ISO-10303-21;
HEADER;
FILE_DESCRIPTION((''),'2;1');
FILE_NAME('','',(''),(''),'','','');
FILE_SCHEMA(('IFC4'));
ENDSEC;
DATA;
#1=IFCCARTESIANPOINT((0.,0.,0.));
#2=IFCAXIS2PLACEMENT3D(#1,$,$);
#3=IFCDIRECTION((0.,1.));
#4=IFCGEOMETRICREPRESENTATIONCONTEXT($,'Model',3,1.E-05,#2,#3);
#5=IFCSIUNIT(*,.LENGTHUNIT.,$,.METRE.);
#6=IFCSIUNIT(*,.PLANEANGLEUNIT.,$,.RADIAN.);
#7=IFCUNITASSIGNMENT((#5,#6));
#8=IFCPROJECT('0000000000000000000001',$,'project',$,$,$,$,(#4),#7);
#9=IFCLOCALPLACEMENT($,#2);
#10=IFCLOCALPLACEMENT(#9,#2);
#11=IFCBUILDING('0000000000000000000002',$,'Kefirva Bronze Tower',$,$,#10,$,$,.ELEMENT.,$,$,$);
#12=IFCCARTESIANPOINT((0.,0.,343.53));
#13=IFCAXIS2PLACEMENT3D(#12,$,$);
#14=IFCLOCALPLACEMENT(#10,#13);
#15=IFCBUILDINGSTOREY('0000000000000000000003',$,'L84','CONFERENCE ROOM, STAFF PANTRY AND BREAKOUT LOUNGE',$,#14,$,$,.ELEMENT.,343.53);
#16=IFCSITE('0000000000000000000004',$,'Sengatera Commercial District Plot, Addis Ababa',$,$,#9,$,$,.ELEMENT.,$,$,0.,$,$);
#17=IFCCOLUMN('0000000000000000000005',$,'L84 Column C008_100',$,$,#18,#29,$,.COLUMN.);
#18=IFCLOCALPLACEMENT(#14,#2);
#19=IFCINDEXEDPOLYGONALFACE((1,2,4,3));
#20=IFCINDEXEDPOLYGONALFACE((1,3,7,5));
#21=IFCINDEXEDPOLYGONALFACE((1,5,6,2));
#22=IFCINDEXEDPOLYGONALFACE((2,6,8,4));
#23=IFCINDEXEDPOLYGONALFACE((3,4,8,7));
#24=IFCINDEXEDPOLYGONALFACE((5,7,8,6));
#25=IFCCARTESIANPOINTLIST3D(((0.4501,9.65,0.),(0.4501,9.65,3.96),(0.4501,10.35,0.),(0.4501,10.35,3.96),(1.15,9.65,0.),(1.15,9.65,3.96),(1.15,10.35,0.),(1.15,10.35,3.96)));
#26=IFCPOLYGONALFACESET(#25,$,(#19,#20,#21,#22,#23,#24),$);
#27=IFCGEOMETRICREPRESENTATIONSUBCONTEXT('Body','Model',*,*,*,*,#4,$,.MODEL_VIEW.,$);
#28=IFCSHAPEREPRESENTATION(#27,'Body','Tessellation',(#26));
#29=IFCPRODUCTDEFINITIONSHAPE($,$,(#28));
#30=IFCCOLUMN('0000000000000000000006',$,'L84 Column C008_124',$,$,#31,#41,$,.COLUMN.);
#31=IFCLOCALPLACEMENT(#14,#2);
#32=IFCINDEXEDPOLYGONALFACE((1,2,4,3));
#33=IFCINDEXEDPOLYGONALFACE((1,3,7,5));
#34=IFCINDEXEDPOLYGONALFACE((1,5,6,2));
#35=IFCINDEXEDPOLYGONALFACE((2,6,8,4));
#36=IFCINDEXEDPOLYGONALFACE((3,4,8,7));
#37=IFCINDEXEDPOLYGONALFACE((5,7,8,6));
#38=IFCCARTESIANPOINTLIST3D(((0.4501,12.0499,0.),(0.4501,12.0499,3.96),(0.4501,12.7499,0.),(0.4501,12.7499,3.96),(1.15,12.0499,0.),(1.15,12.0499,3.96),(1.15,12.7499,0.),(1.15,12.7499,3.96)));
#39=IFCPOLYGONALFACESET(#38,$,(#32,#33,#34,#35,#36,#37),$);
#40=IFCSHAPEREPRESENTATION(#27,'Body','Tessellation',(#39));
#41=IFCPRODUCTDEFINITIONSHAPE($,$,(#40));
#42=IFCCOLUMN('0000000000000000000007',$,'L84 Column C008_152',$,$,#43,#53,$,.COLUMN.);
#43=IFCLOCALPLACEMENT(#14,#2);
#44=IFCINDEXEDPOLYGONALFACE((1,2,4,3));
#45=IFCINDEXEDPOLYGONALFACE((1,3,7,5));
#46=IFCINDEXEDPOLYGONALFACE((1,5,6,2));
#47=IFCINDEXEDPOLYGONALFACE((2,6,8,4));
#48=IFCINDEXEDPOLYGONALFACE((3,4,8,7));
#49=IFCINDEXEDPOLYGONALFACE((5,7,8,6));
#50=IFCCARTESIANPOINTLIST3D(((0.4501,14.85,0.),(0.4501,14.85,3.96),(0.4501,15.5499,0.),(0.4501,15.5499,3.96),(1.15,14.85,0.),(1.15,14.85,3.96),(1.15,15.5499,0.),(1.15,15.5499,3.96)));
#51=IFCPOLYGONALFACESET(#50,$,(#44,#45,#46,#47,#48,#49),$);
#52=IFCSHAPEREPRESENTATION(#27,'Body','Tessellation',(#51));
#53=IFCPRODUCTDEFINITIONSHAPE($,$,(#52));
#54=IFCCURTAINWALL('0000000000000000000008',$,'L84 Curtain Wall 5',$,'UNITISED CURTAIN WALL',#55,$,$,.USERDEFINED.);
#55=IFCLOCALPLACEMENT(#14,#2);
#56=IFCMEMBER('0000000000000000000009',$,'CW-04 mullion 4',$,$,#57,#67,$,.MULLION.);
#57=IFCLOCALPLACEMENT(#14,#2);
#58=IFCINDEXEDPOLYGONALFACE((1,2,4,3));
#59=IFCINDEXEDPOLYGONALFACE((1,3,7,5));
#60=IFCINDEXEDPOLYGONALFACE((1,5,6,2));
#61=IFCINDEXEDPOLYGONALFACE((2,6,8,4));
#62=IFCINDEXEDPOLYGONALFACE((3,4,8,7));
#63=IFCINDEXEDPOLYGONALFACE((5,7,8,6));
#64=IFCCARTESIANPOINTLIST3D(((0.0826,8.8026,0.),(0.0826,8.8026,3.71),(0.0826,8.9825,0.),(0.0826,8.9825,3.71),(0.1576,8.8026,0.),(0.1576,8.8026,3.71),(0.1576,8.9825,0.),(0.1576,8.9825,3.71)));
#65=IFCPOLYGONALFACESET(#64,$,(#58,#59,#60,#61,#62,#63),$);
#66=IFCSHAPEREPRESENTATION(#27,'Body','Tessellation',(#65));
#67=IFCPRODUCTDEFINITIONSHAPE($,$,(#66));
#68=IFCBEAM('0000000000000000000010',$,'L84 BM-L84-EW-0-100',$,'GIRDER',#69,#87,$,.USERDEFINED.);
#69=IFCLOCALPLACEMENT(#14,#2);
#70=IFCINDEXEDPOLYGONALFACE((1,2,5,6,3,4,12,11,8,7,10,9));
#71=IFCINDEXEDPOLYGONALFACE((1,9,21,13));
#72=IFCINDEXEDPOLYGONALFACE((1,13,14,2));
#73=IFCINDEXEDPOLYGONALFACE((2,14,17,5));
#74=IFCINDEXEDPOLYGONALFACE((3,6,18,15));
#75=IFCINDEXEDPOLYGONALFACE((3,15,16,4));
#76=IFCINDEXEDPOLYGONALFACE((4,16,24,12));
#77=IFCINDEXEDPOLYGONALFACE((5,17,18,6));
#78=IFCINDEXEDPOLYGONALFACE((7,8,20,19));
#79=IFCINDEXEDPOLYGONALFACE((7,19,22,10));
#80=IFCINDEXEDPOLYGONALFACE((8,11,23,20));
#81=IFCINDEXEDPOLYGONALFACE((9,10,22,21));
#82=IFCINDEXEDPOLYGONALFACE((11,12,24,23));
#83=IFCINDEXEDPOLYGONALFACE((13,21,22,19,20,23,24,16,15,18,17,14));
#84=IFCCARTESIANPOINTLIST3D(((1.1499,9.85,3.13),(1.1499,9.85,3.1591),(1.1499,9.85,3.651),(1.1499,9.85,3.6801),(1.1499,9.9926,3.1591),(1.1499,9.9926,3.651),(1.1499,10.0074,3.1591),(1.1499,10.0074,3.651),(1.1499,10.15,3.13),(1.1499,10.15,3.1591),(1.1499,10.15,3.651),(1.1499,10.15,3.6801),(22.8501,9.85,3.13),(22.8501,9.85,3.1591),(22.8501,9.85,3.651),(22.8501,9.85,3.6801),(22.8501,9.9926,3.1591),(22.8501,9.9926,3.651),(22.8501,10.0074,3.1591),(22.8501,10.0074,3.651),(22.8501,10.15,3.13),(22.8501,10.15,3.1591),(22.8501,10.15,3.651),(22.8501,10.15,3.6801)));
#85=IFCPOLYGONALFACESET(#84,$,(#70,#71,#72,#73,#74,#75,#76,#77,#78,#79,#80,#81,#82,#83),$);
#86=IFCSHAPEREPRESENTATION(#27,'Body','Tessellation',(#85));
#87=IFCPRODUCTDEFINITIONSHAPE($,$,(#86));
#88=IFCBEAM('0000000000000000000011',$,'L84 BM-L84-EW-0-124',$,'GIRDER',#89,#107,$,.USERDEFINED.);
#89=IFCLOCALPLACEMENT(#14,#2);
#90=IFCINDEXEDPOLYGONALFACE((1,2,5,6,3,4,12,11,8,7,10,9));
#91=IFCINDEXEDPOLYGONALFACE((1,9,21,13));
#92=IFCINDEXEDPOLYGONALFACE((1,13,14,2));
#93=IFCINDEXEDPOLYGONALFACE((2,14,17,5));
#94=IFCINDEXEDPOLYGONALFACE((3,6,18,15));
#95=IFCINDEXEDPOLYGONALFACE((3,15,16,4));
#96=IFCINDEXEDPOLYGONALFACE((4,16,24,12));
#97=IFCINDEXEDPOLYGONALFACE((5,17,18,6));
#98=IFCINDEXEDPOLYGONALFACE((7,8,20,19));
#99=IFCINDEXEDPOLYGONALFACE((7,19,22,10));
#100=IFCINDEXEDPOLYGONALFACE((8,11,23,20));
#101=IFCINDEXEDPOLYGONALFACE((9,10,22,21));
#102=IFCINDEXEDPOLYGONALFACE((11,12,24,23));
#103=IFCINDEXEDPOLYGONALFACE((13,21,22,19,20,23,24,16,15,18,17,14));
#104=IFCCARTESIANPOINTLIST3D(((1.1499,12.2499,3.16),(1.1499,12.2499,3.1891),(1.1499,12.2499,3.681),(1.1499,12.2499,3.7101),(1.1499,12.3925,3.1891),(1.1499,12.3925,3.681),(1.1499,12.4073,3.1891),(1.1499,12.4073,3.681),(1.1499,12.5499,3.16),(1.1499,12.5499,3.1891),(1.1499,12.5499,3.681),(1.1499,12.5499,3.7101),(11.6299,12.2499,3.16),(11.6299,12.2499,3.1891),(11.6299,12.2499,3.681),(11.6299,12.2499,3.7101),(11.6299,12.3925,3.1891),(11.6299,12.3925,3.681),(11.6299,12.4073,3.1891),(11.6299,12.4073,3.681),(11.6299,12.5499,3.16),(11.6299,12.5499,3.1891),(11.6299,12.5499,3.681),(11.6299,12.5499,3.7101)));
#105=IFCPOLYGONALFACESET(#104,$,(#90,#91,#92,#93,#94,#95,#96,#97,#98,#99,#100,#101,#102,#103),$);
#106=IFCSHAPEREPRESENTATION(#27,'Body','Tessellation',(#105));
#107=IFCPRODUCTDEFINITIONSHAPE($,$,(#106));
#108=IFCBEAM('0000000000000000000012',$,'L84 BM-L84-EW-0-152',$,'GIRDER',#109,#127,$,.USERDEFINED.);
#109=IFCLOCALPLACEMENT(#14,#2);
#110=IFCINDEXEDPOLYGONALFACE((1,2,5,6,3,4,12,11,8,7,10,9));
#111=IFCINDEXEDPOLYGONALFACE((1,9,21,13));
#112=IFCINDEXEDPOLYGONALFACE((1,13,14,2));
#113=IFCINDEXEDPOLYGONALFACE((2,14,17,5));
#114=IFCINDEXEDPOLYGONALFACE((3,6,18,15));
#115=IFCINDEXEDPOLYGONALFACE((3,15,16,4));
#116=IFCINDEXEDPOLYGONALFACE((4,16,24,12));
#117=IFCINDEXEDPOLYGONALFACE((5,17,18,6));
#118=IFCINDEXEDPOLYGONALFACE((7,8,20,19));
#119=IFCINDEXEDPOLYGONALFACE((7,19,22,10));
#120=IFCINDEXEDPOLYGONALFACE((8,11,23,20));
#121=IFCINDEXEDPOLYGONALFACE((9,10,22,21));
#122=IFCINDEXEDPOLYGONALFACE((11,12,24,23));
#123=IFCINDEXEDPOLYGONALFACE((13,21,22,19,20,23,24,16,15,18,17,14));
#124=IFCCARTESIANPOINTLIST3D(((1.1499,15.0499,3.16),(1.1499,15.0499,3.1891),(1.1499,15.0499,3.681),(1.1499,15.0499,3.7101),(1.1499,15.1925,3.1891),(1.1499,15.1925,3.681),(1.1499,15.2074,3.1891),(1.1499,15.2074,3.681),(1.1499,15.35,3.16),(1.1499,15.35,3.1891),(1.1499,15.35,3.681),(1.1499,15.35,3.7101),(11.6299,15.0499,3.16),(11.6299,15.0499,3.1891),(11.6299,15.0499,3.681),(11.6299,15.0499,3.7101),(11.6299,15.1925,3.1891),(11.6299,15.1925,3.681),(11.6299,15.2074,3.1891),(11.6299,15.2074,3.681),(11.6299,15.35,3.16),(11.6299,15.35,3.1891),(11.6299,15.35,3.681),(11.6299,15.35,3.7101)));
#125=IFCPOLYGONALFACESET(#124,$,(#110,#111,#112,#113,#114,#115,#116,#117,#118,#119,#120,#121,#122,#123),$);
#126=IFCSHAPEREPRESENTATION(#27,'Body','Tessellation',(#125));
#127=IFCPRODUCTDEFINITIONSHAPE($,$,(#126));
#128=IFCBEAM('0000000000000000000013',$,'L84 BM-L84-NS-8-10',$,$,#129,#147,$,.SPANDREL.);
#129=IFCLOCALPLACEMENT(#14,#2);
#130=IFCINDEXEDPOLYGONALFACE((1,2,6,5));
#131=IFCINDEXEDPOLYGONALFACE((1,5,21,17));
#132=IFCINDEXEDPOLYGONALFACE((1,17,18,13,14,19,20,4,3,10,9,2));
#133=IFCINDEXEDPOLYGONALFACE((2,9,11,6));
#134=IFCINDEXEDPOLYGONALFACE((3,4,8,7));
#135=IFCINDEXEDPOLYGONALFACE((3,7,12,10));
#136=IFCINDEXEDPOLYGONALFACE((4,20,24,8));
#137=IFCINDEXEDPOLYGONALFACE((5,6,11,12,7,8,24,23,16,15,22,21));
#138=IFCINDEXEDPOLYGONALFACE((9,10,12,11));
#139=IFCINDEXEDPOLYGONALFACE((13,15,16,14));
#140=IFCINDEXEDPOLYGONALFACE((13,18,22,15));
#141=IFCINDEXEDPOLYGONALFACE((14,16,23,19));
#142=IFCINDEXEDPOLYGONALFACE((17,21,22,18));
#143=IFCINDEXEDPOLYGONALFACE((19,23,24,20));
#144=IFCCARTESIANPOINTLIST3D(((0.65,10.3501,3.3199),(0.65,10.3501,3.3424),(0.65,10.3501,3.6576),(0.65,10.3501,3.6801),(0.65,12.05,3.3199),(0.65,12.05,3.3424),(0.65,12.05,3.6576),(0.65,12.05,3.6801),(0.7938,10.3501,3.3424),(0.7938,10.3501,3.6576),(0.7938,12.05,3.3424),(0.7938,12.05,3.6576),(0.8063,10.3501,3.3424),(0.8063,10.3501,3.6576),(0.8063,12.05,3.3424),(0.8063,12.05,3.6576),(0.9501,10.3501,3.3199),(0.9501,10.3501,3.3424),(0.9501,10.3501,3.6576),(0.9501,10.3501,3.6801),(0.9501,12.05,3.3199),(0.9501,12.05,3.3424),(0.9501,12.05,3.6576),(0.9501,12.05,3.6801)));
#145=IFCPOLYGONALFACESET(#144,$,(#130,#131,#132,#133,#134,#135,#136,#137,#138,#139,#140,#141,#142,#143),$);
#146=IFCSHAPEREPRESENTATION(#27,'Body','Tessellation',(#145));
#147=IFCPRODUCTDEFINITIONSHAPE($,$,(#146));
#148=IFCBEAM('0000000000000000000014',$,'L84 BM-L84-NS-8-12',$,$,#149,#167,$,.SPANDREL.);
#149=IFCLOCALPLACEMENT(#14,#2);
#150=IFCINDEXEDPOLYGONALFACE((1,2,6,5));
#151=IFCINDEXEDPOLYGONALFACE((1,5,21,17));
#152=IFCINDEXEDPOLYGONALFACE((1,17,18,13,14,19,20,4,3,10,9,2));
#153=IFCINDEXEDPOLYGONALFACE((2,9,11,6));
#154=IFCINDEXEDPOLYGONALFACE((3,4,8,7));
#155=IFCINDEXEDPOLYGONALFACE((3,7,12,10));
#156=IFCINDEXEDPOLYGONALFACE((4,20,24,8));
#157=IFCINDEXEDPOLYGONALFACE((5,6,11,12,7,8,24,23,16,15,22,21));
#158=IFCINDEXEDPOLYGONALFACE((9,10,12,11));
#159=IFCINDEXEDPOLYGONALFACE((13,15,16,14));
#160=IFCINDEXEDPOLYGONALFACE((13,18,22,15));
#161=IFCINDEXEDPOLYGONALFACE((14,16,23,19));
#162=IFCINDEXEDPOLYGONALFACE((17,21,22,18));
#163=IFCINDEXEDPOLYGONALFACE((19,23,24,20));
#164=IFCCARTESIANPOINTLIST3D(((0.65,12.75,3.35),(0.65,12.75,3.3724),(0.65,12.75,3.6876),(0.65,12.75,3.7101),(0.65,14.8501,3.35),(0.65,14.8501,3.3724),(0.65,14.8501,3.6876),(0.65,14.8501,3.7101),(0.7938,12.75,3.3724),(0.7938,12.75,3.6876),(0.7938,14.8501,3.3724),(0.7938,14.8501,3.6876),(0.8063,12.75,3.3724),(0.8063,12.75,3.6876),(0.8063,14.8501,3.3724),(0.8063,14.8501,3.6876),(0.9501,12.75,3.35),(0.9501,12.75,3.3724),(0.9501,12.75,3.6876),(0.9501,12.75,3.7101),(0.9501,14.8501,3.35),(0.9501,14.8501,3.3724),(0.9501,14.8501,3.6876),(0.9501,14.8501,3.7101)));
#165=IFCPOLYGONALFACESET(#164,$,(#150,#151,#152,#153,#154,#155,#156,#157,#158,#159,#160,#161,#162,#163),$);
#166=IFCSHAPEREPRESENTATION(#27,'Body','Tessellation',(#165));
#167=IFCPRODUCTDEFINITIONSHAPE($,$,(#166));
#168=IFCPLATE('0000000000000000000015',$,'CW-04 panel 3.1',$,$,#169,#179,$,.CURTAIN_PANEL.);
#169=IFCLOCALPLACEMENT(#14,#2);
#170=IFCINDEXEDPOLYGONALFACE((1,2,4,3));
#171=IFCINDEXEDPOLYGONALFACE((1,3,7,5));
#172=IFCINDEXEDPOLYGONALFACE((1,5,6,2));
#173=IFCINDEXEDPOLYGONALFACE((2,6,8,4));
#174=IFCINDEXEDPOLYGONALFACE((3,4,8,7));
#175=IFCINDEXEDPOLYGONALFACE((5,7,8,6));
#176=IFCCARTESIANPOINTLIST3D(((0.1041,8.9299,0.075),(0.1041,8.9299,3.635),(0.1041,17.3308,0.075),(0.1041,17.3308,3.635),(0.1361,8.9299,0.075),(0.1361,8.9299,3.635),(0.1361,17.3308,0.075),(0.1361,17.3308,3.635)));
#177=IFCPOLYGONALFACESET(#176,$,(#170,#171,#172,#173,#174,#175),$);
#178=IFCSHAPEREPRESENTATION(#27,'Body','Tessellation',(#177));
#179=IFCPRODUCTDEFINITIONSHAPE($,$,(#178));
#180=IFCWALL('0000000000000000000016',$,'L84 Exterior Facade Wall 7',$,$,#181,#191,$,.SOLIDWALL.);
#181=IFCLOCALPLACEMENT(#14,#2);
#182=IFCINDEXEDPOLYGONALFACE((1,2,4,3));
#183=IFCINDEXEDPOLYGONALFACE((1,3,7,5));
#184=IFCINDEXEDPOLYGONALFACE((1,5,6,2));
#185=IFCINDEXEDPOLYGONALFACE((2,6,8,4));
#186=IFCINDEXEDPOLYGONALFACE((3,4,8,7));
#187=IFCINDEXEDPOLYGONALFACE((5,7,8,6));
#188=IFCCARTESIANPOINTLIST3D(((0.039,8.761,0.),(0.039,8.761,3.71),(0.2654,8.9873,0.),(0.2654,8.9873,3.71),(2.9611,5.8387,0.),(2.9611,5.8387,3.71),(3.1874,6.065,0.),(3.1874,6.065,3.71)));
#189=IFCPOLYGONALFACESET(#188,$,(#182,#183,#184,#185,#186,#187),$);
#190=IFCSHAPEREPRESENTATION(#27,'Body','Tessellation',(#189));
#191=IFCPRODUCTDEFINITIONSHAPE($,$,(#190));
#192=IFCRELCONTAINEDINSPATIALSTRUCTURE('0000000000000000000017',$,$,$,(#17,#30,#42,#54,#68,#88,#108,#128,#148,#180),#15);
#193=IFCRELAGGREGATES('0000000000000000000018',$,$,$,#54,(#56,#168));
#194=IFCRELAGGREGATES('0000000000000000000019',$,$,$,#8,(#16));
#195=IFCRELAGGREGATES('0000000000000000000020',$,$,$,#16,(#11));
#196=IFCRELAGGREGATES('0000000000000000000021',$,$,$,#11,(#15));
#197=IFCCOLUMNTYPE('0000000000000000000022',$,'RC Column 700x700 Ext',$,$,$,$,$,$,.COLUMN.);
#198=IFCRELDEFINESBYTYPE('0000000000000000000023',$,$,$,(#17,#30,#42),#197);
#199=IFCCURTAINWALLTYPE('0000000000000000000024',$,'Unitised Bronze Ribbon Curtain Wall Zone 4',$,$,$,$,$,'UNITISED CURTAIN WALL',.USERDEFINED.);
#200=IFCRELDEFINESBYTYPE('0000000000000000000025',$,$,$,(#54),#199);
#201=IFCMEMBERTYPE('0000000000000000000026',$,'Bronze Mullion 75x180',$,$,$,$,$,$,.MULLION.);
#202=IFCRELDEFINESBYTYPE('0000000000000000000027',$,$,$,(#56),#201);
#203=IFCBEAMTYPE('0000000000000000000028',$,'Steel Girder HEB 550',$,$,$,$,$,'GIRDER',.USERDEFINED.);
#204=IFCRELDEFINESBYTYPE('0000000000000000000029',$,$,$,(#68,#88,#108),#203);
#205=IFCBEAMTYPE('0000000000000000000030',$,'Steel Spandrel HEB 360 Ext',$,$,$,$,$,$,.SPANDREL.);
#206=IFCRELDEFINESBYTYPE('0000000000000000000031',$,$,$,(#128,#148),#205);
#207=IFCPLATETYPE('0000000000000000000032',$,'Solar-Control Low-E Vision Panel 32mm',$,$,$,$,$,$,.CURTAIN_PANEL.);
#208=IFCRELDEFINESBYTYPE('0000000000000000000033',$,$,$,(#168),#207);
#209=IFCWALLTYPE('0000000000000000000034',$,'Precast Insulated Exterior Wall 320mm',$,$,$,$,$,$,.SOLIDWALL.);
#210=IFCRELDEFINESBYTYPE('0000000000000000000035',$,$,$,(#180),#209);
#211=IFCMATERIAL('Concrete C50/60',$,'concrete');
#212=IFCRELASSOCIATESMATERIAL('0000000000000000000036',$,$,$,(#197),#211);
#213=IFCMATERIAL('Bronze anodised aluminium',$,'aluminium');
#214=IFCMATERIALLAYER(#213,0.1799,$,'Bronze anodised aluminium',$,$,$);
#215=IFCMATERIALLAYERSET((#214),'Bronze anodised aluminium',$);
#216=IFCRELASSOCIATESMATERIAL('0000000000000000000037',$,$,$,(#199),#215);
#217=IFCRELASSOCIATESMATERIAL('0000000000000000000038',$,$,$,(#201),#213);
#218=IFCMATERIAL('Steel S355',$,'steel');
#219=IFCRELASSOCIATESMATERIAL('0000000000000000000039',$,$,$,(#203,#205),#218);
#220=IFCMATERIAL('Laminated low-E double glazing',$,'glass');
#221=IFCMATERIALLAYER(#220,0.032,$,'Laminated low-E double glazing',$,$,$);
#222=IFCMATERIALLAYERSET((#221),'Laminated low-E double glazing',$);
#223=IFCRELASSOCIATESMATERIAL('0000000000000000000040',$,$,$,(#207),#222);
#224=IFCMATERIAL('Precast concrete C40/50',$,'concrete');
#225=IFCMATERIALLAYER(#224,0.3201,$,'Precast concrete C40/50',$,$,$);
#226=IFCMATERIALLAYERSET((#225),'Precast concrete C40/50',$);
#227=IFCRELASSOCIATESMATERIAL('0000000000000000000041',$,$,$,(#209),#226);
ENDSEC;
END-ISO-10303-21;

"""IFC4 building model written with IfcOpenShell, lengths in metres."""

from ifc_helpers import new_model, si_unit, direction, frame, frame_2d, origin, origin_2d, place, context, subcontext, project, spatial, rectangle, i_section, extrude, material, layer, layer_set, material_profile, profile_set, type_object, element, aggregate, save


model = new_model("IFC4")

# Units and contexts
model_context = context("Model", 3, precision=1e-05, world=origin(), true_north=direction((0.0, 1.0)))
body_context = subcontext(model_context, "Body", "Model", "MODEL_VIEW")
ifc_project = project(units=[si_unit("LENGTHUNIT", "METRE"), si_unit("PLANEANGLEUNIT", "RADIAN")], contexts=[model_context])

# Site, building, storey
site_placement = place(None, origin())
site = spatial("IfcSite", under=ifc_project, at=site_placement, Name="Sengatera Commercial District Plot, Addis Ababa", CompositionType="ELEMENT", RefElevation=0.0)
building_placement = place(site_placement, origin())
building = spatial("IfcBuilding", under=site, at=building_placement, Name="Kefirva Bronze Tower", CompositionType="ELEMENT")
storey_placement = place(building_placement, frame((0.0, 0.0, 343.53)))
storey = spatial("IfcBuildingStorey", under=building, at=storey_placement, Name="L84", Description="CONFERENCE ROOM, STAFF PANTRY AND BREAKOUT LOUNGE", CompositionType="ELEMENT", Elevation=343.53)

# Columns
ifc_material_1 = material(Name="Concrete C50/60", Category="concrete")
ifc_material_profile_1 = material_profile(ifc_material_1, rectangle(XDim=0.7, YDim=0.7, at=origin_2d()), Name="RC 700x700")
ifc_profile_set_1 = profile_set([ifc_material_profile_1], Name="Concrete C50/60")
column_type = type_object("IfcColumnType", Name="RC Column 700x700 Ext", PredefinedType="COLUMN", material=ifc_profile_set_1)
for number, where, z_axis, x_axis, name in (
    (1, (0.8, 10.0, 0.0), (0.0, 0.0, 1.0), (1.0, 0.0, 0.0), "L84 Column C008_100"),
    (2, (0.8, 12.3999, 0.0), (0.0, 0.0, 1.0), (1.0, 0.0, 0.0), "L84 Column C008_124"),
    (3, (0.8, 15.2, 0.0), (0.0, 0.0, 1.0), (1.0, 0.0, 0.0), "L84 Column C008_152"),
):
    element("IfcColumn", number, at=place(storey_placement, frame(where, z_axis=z_axis, x_axis=x_axis)), inside=storey, type_object=column_type, Name=name, PredefinedType="COLUMN", context=body_context, shape_type="SweptSolid", body=[
        extrude(rectangle(XDim=0.7, YDim=0.7, at=origin_2d()), origin(), (0.0, 0.0, 1.0), 3.96),
    ])

# Curtain wall, member
ifc_material_2 = material(Name="Bronze anodised aluminium", Category="aluminium")
ifc_layer_1 = layer(ifc_material_2, 0.1799, Name="Bronze anodised aluminium")
ifc_layer_set_1 = layer_set([ifc_layer_1], Name="Bronze anodised aluminium")
curtain_wall_type = type_object("IfcCurtainWallType", Name="Unitised Bronze Ribbon Curtain Wall Zone 4", ElementType="UNITISED CURTAIN WALL", PredefinedType="USERDEFINED", material=ifc_layer_set_1)
curtain_wall_placement = place(storey_placement, origin())
curtain_wall = element("IfcCurtainWall", 4, at=curtain_wall_placement, inside=storey, type_object=curtain_wall_type, Name="L84 Curtain Wall 5", ObjectType="UNITISED CURTAIN WALL", PredefinedType="USERDEFINED")
ifc_material_profile_2 = material_profile(ifc_material_2, rectangle(XDim=0.075, YDim=0.1799, at=origin_2d()), Name="ALU 75x180")
ifc_profile_set_2 = profile_set([ifc_material_profile_2], Name="Bronze anodised aluminium")
member_type = type_object("IfcMemberType", Name="Bronze Mullion 75x180", PredefinedType="MULLION", material=ifc_profile_set_2)
member_placement = place(storey_placement, frame((0.1201, 8.8926, 0.0), z_axis=(0.0, 0.0, 1.0), x_axis=(1.0, 0.0, 0.0)))
member = element("IfcMember", 5, at=member_placement, type_object=member_type, Name="CW-04 mullion 4", PredefinedType="MULLION", context=body_context, shape_type="SweptSolid", body=[
    extrude(rectangle(XDim=0.075, YDim=0.1799, at=origin_2d()), origin(), (0.0, 0.0, 1.0), 3.71),
])

# Beams
ifc_material_3 = material(Name="Steel S355", Category="steel")
ifc_material_profile_3 = material_profile(ifc_material_3, i_section(OverallWidth=0.3, OverallDepth=0.55, WebThickness=0.0149, FlangeThickness=0.0291, at=origin_2d()), Name="HEB 550")
ifc_profile_set_3 = profile_set([ifc_material_profile_3], Name="Steel S355")
beam_type_1 = type_object("IfcBeamType", Name="Steel Girder HEB 550", ElementType="GIRDER", PredefinedType="USERDEFINED", material=ifc_profile_set_3)
beam_1_placement = place(storey_placement, frame((1.1499, 10.0, 3.405), z_axis=(1.0, 0.0, 0.0), x_axis=(0.0, 1.0, 0.0)))
element("IfcBeam", 6, at=beam_1_placement, inside=storey, type_object=beam_type_1, Name="L84 BM-L84-EW-0-100", ObjectType="GIRDER", PredefinedType="USERDEFINED", context=body_context, shape_type="SweptSolid", body=[
    extrude(i_section(OverallWidth=0.3, OverallDepth=0.55, WebThickness=0.0149, FlangeThickness=0.0291, at=origin_2d()), origin(), (0.0, 0.0, 1.0), 21.7002),
])
for number, where, z_axis, x_axis, name in (
    (7, (1.1499, 12.3999, 3.4351), (1.0, 0.0, 0.0), (0.0, 1.0, 0.0), "L84 BM-L84-EW-0-124"),
    (8, (1.1499, 15.2, 3.4351), (1.0, 0.0, 0.0), (0.0, 1.0, 0.0), "L84 BM-L84-EW-0-152"),
):
    element("IfcBeam", number, at=place(storey_placement, frame(where, z_axis=z_axis, x_axis=x_axis)), inside=storey, type_object=beam_type_1, Name=name, ObjectType="GIRDER", PredefinedType="USERDEFINED", context=body_context, shape_type="SweptSolid", body=[
        extrude(i_section(OverallWidth=0.3, OverallDepth=0.55, WebThickness=0.0149, FlangeThickness=0.0291, at=origin_2d()), origin(), (0.0, 0.0, 1.0), 10.48),
    ])
ifc_material_profile_4 = material_profile(ifc_material_3, i_section(OverallWidth=0.3, OverallDepth=0.3601, WebThickness=0.0125, FlangeThickness=0.0225, at=origin_2d()), Name="HEB 360")
ifc_profile_set_4 = profile_set([ifc_material_profile_4], Name="Steel S355")
beam_type_2 = type_object("IfcBeamType", Name="Steel Spandrel HEB 360 Ext", PredefinedType="SPANDREL", material=ifc_profile_set_4)
beam_2_placement = place(storey_placement, frame((0.8, 10.3501, 3.5), z_axis=(0.0, 1.0, 0.0), x_axis=(-1.0, 0.0, 0.0)))
element("IfcBeam", 9, at=beam_2_placement, inside=storey, type_object=beam_type_2, Name="L84 BM-L84-NS-8-10", PredefinedType="SPANDREL", context=body_context, shape_type="SweptSolid", body=[
    extrude(i_section(OverallWidth=0.3, OverallDepth=0.3601, WebThickness=0.0125, FlangeThickness=0.0225, at=origin_2d()), origin(), (0.0, 0.0, 1.0), 1.7),
])
beam_3_placement = place(storey_placement, frame((0.8, 12.75, 3.53), z_axis=(0.0, 1.0, 0.0), x_axis=(-1.0, 0.0, 0.0)))
element("IfcBeam", 10, at=beam_3_placement, inside=storey, type_object=beam_type_2, Name="L84 BM-L84-NS-8-12", PredefinedType="SPANDREL", context=body_context, shape_type="SweptSolid", body=[
    extrude(i_section(OverallWidth=0.3, OverallDepth=0.3601, WebThickness=0.0125, FlangeThickness=0.0225, at=origin_2d()), origin(), (0.0, 0.0, 1.0), 2.1001),
])

# Plate
ifc_material_4 = material(Name="Laminated low-E double glazing", Category="glass")
ifc_layer_2 = layer(ifc_material_4, 0.032, Name="Laminated low-E double glazing")
ifc_layer_set_2 = layer_set([ifc_layer_2], Name="Laminated low-E double glazing")
plate_type = type_object("IfcPlateType", Name="Solar-Control Low-E Vision Panel 32mm", PredefinedType="CURTAIN_PANEL", material=ifc_layer_set_2)
plate_placement = place(storey_placement, frame((0.1201, 13.1304, 0.075), z_axis=(0.0, 0.0, 1.0), x_axis=(0.0, -1.0, 0.0)))
plate = element("IfcPlate", 11, at=plate_placement, type_object=plate_type, Name="CW-04 panel 3.1", PredefinedType="CURTAIN_PANEL", context=body_context, shape_type="SweptSolid", body=[
    extrude(rectangle(XDim=8.4009, YDim=0.032, at=origin_2d()), origin(), (0.0, 0.0, 1.0), 3.5601),
])
aggregate(curtain_wall, [member, plate])

# Wall
ifc_material_5 = material(Name="Precast concrete C40/50", Category="concrete")
ifc_layer_3 = layer(ifc_material_5, 0.3201, Name="Precast concrete C40/50")
ifc_layer_set_3 = layer_set([ifc_layer_3], Name="Precast concrete C40/50")
wall_type = type_object("IfcWallType", Name="Precast Insulated Exterior Wall 320mm", PredefinedType="SOLIDWALL", material=ifc_layer_set_3)
wall_placement = place(storey_placement, frame((0.1521, 8.8743, 0.0), z_axis=(0.0, 0.0, 1.0), x_axis=(0.707077, -0.707136, 0.0)))
element("IfcWall", 12, at=wall_placement, inside=storey, type_object=wall_type, Name="L84 Exterior Facade Wall 7", PredefinedType="SOLIDWALL", context=body_context, shape_type="SweptSolid", body=[
    extrude(rectangle(XDim=4.1326, YDim=0.3201, at=frame_2d((2.0664, 0.0))), origin(), (0.0, 0.0, 1.0), 3.71),
])

save(model, "model.ifc")
